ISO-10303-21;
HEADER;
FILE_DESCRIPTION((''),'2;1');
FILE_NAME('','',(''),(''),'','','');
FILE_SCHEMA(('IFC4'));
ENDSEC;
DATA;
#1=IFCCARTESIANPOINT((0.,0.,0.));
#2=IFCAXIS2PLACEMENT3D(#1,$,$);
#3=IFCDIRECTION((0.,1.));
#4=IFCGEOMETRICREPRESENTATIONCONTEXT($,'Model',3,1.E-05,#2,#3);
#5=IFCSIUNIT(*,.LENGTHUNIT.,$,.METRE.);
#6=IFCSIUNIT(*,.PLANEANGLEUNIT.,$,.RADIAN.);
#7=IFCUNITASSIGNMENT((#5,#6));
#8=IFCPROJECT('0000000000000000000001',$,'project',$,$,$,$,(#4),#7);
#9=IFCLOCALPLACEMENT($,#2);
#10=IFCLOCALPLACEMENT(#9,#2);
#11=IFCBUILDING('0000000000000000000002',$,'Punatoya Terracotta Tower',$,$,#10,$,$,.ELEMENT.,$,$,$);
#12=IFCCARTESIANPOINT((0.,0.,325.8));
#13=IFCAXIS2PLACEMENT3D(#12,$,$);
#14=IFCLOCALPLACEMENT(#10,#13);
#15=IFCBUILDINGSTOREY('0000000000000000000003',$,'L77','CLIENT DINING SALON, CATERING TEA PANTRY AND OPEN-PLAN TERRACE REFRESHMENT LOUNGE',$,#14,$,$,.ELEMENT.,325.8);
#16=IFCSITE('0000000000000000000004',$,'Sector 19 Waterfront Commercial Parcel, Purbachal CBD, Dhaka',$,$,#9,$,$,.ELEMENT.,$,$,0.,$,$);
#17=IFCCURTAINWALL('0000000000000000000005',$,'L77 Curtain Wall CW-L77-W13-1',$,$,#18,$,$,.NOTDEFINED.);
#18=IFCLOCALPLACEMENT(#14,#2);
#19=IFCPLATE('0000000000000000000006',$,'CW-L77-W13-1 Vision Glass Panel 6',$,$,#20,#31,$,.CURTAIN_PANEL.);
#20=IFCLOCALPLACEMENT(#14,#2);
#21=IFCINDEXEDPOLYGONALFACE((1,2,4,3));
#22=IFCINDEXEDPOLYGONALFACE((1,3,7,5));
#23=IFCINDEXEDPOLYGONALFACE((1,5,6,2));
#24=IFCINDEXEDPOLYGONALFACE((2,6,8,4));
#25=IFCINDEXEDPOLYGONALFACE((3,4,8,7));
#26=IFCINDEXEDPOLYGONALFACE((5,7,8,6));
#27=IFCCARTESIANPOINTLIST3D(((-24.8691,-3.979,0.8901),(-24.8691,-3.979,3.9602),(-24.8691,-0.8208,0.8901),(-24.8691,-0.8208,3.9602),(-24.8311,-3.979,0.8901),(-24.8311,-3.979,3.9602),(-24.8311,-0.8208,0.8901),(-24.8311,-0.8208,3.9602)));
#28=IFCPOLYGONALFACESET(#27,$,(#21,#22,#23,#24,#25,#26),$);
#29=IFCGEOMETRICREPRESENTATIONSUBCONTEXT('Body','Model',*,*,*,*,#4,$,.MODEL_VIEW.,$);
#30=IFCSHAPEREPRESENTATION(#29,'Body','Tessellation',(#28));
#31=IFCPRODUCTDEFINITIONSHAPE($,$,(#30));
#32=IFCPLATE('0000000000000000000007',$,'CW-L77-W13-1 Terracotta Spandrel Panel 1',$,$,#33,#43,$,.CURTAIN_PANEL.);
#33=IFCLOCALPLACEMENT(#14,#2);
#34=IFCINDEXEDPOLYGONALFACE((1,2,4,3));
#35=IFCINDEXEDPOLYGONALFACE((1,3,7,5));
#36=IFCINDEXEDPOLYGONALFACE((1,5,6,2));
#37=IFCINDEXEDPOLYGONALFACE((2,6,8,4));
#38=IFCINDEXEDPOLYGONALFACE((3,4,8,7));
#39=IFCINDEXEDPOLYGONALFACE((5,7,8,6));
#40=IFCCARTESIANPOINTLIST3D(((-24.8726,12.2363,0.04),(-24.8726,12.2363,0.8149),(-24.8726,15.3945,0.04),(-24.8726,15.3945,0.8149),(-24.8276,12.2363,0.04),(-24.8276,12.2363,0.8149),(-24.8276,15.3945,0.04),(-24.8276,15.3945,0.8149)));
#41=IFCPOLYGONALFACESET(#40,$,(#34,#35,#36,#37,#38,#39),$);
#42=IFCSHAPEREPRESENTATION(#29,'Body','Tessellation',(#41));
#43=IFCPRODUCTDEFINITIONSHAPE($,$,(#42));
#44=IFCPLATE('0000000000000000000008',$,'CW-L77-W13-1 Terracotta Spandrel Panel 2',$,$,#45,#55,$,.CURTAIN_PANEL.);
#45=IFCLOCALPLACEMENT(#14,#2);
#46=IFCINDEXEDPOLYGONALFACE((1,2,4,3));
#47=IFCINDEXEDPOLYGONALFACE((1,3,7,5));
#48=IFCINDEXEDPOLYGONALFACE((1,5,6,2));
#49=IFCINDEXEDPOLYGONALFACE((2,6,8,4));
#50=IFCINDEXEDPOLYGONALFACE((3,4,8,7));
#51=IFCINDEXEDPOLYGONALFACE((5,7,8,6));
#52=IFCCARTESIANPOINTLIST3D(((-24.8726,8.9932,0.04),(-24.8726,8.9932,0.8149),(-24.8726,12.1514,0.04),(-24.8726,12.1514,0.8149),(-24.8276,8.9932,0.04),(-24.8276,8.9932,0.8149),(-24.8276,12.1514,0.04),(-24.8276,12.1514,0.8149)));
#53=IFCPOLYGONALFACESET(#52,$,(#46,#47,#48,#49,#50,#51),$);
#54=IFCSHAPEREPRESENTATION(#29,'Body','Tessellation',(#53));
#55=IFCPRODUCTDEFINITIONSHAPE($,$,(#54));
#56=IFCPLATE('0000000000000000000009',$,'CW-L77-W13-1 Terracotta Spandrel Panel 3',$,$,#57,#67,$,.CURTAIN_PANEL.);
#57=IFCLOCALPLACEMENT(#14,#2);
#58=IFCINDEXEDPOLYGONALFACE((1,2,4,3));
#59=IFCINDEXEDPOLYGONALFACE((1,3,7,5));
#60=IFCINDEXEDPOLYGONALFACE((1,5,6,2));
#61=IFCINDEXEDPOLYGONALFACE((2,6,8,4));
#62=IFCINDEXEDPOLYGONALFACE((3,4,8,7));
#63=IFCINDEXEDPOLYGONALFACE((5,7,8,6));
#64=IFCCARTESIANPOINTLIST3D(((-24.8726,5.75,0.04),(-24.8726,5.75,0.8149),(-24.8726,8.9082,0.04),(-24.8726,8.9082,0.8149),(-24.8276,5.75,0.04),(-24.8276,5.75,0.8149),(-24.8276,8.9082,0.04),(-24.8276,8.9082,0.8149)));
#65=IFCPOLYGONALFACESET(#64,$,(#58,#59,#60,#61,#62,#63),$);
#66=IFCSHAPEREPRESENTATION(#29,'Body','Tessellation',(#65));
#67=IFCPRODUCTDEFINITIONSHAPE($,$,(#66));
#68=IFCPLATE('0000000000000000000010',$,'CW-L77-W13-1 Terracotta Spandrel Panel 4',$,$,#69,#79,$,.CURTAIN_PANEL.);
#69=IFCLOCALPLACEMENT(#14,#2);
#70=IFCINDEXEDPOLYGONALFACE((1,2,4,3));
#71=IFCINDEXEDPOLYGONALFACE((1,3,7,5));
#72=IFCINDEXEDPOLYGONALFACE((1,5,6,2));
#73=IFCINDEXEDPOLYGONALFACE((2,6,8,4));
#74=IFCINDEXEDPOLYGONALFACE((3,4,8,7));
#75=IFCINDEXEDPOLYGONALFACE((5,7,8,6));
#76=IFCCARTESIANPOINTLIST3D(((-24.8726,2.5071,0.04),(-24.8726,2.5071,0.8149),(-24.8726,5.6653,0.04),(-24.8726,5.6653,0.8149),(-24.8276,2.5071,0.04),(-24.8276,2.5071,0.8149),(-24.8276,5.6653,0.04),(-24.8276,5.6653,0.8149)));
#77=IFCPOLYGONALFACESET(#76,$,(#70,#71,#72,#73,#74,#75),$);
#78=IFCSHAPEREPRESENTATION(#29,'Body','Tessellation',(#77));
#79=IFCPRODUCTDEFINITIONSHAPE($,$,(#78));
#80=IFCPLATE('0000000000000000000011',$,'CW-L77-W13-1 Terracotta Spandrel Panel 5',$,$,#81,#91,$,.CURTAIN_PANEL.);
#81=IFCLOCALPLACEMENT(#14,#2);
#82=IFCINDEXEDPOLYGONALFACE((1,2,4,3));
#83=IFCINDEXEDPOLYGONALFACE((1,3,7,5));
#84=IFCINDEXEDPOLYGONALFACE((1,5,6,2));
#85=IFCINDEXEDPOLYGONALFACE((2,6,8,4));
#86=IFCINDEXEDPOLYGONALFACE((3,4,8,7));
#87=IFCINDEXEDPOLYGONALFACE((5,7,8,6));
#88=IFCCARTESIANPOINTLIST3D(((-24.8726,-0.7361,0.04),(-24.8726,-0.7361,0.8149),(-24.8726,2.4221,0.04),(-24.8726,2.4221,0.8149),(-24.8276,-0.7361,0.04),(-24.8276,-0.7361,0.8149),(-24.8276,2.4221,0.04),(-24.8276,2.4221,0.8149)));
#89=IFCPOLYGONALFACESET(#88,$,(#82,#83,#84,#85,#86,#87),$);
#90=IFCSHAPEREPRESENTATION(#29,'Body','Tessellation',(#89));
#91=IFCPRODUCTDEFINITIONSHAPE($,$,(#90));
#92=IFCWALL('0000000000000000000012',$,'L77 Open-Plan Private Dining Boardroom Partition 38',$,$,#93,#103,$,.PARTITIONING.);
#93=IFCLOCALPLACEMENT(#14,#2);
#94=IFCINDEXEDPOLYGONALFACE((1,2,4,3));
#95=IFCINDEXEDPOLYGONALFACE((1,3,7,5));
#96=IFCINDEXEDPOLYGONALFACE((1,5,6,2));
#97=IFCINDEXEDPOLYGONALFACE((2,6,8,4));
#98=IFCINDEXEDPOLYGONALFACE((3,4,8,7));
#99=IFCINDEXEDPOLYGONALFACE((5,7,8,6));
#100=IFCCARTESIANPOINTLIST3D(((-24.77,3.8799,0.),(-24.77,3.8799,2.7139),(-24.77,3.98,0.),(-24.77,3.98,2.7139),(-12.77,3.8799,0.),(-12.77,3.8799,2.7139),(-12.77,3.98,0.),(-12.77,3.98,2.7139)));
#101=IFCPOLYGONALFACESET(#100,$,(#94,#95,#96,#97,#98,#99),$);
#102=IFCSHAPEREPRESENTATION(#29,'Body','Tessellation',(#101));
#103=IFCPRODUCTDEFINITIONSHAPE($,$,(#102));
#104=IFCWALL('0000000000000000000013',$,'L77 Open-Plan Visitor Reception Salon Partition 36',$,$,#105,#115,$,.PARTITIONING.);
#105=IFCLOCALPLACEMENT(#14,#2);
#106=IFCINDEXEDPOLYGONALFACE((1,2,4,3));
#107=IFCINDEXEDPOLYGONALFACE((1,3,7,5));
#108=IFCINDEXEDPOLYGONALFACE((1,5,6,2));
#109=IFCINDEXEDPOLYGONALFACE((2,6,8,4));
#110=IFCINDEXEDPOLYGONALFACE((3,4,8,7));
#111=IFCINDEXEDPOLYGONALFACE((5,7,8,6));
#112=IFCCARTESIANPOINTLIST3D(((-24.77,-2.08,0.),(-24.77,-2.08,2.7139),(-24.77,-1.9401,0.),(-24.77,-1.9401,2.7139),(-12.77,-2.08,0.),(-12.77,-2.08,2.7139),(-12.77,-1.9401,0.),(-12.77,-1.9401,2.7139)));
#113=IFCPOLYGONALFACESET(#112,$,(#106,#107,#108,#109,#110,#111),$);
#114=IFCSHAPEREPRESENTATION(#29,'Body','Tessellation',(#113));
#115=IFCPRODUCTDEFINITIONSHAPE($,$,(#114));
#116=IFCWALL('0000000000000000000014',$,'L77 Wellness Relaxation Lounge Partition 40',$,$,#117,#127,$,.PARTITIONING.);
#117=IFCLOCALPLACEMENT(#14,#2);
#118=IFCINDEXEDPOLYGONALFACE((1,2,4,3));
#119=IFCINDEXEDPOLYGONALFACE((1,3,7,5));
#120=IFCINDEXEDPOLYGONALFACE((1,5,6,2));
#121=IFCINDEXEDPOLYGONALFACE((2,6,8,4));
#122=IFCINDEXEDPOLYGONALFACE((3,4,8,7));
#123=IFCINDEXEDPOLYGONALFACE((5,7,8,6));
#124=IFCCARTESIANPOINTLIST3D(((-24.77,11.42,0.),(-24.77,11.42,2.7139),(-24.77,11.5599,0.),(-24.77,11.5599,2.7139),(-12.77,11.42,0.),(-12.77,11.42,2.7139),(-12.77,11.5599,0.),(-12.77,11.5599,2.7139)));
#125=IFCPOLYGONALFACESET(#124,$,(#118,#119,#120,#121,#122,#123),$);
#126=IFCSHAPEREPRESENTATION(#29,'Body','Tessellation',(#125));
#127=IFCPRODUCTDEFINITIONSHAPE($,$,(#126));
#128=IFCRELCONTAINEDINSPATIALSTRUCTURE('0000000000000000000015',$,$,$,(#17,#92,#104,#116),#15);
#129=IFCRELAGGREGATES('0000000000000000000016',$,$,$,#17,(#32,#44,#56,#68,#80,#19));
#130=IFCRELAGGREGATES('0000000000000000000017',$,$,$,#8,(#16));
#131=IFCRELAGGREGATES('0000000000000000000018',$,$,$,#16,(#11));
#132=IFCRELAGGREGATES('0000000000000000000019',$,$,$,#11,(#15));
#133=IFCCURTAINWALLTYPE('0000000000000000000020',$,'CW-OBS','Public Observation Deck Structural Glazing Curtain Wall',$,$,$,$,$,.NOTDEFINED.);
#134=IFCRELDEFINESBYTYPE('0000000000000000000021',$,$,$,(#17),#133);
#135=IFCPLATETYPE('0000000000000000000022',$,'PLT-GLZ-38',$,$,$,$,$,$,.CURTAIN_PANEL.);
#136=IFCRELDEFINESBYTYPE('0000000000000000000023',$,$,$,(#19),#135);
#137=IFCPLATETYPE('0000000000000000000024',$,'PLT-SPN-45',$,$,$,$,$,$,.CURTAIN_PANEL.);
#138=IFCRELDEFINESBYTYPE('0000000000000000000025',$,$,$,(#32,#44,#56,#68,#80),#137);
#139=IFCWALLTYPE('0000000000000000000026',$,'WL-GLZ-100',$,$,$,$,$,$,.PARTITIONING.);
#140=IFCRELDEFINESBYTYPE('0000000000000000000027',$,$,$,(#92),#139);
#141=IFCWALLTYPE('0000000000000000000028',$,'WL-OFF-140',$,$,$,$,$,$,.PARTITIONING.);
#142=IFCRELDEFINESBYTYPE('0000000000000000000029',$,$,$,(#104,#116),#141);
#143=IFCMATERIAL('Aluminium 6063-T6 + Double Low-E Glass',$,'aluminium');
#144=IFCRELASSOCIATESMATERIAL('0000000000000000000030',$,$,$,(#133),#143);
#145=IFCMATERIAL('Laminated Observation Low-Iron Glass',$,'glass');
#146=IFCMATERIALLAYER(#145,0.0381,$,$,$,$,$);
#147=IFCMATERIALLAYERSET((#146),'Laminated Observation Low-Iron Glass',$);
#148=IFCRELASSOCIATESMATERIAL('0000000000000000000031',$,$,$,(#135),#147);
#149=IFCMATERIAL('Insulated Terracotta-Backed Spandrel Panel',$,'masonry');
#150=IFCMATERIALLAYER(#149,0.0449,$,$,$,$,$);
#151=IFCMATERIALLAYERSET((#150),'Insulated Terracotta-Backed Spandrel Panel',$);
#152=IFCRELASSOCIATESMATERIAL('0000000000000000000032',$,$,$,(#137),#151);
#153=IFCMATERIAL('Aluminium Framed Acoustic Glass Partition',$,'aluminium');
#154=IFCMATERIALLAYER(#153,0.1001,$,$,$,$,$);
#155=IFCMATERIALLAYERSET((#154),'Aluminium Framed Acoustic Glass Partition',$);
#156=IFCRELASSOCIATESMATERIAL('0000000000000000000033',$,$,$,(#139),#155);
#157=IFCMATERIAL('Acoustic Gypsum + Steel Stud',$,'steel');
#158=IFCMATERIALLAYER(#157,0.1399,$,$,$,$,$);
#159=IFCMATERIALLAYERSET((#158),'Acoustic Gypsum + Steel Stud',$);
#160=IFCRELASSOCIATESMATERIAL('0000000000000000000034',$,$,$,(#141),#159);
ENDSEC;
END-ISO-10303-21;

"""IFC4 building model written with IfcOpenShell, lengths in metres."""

from ifc_helpers import new_model, si_unit, direction, frame, frame_2d, origin, origin_2d, place, context, subcontext, project, spatial, rectangle, extrude, material, layer, layer_set, type_object, element, aggregate, save


model = new_model("IFC4")

# Units and contexts
model_context = context("Model", 3, precision=1e-05, world=origin(), true_north=direction((0.0, 1.0)))
body_context = subcontext(model_context, "Body", "Model", "MODEL_VIEW")
ifc_project = project(units=[si_unit("LENGTHUNIT", "METRE"), si_unit("PLANEANGLEUNIT", "RADIAN")], contexts=[model_context])

# Site, building, storey
site_placement = place(None, origin())
site = spatial("IfcSite", under=ifc_project, at=site_placement, Name="Sector 19 Waterfront Commercial Parcel, Purbachal CBD, Dhaka", CompositionType="ELEMENT", RefElevation=0.0)
building_placement = place(site_placement, origin())
building = spatial("IfcBuilding", under=site, at=building_placement, Name="Punatoya Terracotta Tower", CompositionType="ELEMENT")
storey_placement = place(building_placement, frame((0.0, 0.0, 325.8)))
storey = spatial("IfcBuildingStorey", under=building, at=storey_placement, Name="L77", Description="CLIENT DINING SALON, CATERING TEA PANTRY AND OPEN-PLAN TERRACE REFRESHMENT LOUNGE", CompositionType="ELEMENT", Elevation=325.8)

# Curtain wall, plates
ifc_material_1 = material(Name="Aluminium 6063-T6 + Double Low-E Glass", Category="aluminium")
curtain_wall_type = type_object("IfcCurtainWallType", Name="CW-OBS", Description="Public Observation Deck Structural Glazing Curtain Wall", PredefinedType="NOTDEFINED", material=ifc_material_1)
curtain_wall_placement = place(storey_placement, origin())
curtain_wall = element("IfcCurtainWall", 1, at=curtain_wall_placement, inside=storey, type_object=curtain_wall_type, Name="L77 Curtain Wall CW-L77-W13-1", PredefinedType="NOTDEFINED")
ifc_material_2 = material(Name="Laminated Observation Low-Iron Glass", Category="glass")
ifc_layer_1 = layer(ifc_material_2, 0.0381)
ifc_layer_set_1 = layer_set([ifc_layer_1], Name="Laminated Observation Low-Iron Glass")
plate_type_1 = type_object("IfcPlateType", Name="PLT-GLZ-38", PredefinedType="CURTAIN_PANEL", material=ifc_layer_set_1)
plate_1_placement = place(storey_placement, frame((-24.8501, -2.3999, 0.8901), z_axis=(0.0, 0.0, 1.0), x_axis=(0.0, -1.0, 0.0)))
plate_1 = element("IfcPlate", 2, at=plate_1_placement, type_object=plate_type_1, Name="CW-L77-W13-1 Vision Glass Panel 6", PredefinedType="CURTAIN_PANEL", context=body_context, shape_type="SweptSolid", body=[
    extrude(rectangle(XDim=3.1582, YDim=0.0381, at=origin_2d()), origin(), (0.0, 0.0, 1.0), 3.0701),
])
ifc_material_3 = material(Name="Insulated Terracotta-Backed Spandrel Panel", Category="masonry")
ifc_layer_2 = layer(ifc_material_3, 0.0449)
ifc_layer_set_2 = layer_set([ifc_layer_2], Name="Insulated Terracotta-Backed Spandrel Panel")
plate_type_2 = type_object("IfcPlateType", Name="PLT-SPN-45", PredefinedType="CURTAIN_PANEL", material=ifc_layer_set_2)
plate_2_placement = place(storey_placement, frame((-24.8501, 13.8154, 0.04), z_axis=(0.0, 0.0, 1.0), x_axis=(0.0, -1.0, 0.0)))
plate_2 = element("IfcPlate", 3, at=plate_2_placement, type_object=plate_type_2, Name="CW-L77-W13-1 Terracotta Spandrel Panel 1", PredefinedType="CURTAIN_PANEL", context=body_context, shape_type="SweptSolid", body=[
    extrude(rectangle(XDim=3.1582, YDim=0.0449, at=origin_2d()), origin(), (0.0, 0.0, 1.0), 0.7749),
])
plate_3_placement = place(storey_placement, frame((-24.8501, 10.5723, 0.04), z_axis=(0.0, 0.0, 1.0), x_axis=(0.0, -1.0, 0.0)))
plate_3 = element("IfcPlate", 4, at=plate_3_placement, type_object=plate_type_2, Name="CW-L77-W13-1 Terracotta Spandrel Panel 2", PredefinedType="CURTAIN_PANEL", context=body_context, shape_type="SweptSolid", body=[
    extrude(rectangle(XDim=3.1582, YDim=0.0449, at=origin_2d()), origin(), (0.0, 0.0, 1.0), 0.7749),
])
plate_4_placement = place(storey_placement, frame((-24.8501, 7.3291, 0.04), z_axis=(0.0, 0.0, 1.0), x_axis=(0.0, -1.0, 0.0)))
plate_4 = element("IfcPlate", 5, at=plate_4_placement, type_object=plate_type_2, Name="CW-L77-W13-1 Terracotta Spandrel Panel 3", PredefinedType="CURTAIN_PANEL", context=body_context, shape_type="SweptSolid", body=[
    extrude(rectangle(XDim=3.1582, YDim=0.0449, at=origin_2d()), origin(), (0.0, 0.0, 1.0), 0.7749),
])
plate_5_placement = place(storey_placement, frame((-24.8501, 4.0862, 0.04), z_axis=(0.0, 0.0, 1.0), x_axis=(0.0, -1.0, 0.0)))
plate_5 = element("IfcPlate", 6, at=plate_5_placement, type_object=plate_type_2, Name="CW-L77-W13-1 Terracotta Spandrel Panel 4", PredefinedType="CURTAIN_PANEL", context=body_context, shape_type="SweptSolid", body=[
    extrude(rectangle(XDim=3.1582, YDim=0.0449, at=origin_2d()), origin(), (0.0, 0.0, 1.0), 0.7749),
])
plate_6_placement = place(storey_placement, frame((-24.8501, 0.843, 0.04), z_axis=(0.0, 0.0, 1.0), x_axis=(0.0, -1.0, 0.0)))
plate_6 = element("IfcPlate", 7, at=plate_6_placement, type_object=plate_type_2, Name="CW-L77-W13-1 Terracotta Spandrel Panel 5", PredefinedType="CURTAIN_PANEL", context=body_context, shape_type="SweptSolid", body=[
    extrude(rectangle(XDim=3.1582, YDim=0.0449, at=origin_2d()), origin(), (0.0, 0.0, 1.0), 0.7749),
])
aggregate(curtain_wall, [plate_2, plate_3, plate_4, plate_5, plate_6, plate_1])

# Walls
ifc_material_4 = material(Name="Aluminium Framed Acoustic Glass Partition", Category="aluminium")
ifc_layer_3 = layer(ifc_material_4, 0.1001)
ifc_layer_set_3 = layer_set([ifc_layer_3], Name="Aluminium Framed Acoustic Glass Partition")
wall_type_1 = type_object("IfcWallType", Name="WL-GLZ-100", PredefinedType="PARTITIONING", material=ifc_layer_set_3)
wall_placement = place(storey_placement, frame((-24.77, 3.9299, 0.0), z_axis=(0.0, 0.0, 1.0), x_axis=(1.0, 0.0, 0.0)))
element("IfcWall", 8, at=wall_placement, inside=storey, type_object=wall_type_1, Name="L77 Open-Plan Private Dining Boardroom Partition 38", PredefinedType="PARTITIONING", context=body_context, shape_type="SweptSolid", body=[
    extrude(rectangle(XDim=12.0, YDim=0.1001, at=frame_2d((6.0, 0.0))), origin(), (0.0, 0.0, 1.0), 2.7139),
])
ifc_material_5 = material(Name="Acoustic Gypsum + Steel Stud", Category="steel")
ifc_layer_4 = layer(ifc_material_5, 0.1399)
ifc_layer_set_4 = layer_set([ifc_layer_4], Name="Acoustic Gypsum + Steel Stud")
wall_type_2 = type_object("IfcWallType", Name="WL-OFF-140", PredefinedType="PARTITIONING", material=ifc_layer_set_4)
for number, where, z_axis, x_axis, name in (
    (9, (-24.77, -2.01, 0.0), (0.0, 0.0, 1.0), (1.0, 0.0, 0.0), "L77 Open-Plan Visitor Reception Salon Partition 36"),
    (10, (-24.77, 11.49, 0.0), (0.0, 0.0, 1.0), (1.0, 0.0, 0.0), "L77 Wellness Relaxation Lounge Partition 40"),
):
    element("IfcWall", number, at=place(storey_placement, frame(where, z_axis=z_axis, x_axis=x_axis)), inside=storey, type_object=wall_type_2, Name=name, PredefinedType="PARTITIONING", context=body_context, shape_type="SweptSolid", body=[
        extrude(rectangle(XDim=12.0, YDim=0.1399, at=frame_2d((6.0, 0.0))), origin(), (0.0, 0.0, 1.0), 2.7139),
    ])

save(model, "model.ifc")
